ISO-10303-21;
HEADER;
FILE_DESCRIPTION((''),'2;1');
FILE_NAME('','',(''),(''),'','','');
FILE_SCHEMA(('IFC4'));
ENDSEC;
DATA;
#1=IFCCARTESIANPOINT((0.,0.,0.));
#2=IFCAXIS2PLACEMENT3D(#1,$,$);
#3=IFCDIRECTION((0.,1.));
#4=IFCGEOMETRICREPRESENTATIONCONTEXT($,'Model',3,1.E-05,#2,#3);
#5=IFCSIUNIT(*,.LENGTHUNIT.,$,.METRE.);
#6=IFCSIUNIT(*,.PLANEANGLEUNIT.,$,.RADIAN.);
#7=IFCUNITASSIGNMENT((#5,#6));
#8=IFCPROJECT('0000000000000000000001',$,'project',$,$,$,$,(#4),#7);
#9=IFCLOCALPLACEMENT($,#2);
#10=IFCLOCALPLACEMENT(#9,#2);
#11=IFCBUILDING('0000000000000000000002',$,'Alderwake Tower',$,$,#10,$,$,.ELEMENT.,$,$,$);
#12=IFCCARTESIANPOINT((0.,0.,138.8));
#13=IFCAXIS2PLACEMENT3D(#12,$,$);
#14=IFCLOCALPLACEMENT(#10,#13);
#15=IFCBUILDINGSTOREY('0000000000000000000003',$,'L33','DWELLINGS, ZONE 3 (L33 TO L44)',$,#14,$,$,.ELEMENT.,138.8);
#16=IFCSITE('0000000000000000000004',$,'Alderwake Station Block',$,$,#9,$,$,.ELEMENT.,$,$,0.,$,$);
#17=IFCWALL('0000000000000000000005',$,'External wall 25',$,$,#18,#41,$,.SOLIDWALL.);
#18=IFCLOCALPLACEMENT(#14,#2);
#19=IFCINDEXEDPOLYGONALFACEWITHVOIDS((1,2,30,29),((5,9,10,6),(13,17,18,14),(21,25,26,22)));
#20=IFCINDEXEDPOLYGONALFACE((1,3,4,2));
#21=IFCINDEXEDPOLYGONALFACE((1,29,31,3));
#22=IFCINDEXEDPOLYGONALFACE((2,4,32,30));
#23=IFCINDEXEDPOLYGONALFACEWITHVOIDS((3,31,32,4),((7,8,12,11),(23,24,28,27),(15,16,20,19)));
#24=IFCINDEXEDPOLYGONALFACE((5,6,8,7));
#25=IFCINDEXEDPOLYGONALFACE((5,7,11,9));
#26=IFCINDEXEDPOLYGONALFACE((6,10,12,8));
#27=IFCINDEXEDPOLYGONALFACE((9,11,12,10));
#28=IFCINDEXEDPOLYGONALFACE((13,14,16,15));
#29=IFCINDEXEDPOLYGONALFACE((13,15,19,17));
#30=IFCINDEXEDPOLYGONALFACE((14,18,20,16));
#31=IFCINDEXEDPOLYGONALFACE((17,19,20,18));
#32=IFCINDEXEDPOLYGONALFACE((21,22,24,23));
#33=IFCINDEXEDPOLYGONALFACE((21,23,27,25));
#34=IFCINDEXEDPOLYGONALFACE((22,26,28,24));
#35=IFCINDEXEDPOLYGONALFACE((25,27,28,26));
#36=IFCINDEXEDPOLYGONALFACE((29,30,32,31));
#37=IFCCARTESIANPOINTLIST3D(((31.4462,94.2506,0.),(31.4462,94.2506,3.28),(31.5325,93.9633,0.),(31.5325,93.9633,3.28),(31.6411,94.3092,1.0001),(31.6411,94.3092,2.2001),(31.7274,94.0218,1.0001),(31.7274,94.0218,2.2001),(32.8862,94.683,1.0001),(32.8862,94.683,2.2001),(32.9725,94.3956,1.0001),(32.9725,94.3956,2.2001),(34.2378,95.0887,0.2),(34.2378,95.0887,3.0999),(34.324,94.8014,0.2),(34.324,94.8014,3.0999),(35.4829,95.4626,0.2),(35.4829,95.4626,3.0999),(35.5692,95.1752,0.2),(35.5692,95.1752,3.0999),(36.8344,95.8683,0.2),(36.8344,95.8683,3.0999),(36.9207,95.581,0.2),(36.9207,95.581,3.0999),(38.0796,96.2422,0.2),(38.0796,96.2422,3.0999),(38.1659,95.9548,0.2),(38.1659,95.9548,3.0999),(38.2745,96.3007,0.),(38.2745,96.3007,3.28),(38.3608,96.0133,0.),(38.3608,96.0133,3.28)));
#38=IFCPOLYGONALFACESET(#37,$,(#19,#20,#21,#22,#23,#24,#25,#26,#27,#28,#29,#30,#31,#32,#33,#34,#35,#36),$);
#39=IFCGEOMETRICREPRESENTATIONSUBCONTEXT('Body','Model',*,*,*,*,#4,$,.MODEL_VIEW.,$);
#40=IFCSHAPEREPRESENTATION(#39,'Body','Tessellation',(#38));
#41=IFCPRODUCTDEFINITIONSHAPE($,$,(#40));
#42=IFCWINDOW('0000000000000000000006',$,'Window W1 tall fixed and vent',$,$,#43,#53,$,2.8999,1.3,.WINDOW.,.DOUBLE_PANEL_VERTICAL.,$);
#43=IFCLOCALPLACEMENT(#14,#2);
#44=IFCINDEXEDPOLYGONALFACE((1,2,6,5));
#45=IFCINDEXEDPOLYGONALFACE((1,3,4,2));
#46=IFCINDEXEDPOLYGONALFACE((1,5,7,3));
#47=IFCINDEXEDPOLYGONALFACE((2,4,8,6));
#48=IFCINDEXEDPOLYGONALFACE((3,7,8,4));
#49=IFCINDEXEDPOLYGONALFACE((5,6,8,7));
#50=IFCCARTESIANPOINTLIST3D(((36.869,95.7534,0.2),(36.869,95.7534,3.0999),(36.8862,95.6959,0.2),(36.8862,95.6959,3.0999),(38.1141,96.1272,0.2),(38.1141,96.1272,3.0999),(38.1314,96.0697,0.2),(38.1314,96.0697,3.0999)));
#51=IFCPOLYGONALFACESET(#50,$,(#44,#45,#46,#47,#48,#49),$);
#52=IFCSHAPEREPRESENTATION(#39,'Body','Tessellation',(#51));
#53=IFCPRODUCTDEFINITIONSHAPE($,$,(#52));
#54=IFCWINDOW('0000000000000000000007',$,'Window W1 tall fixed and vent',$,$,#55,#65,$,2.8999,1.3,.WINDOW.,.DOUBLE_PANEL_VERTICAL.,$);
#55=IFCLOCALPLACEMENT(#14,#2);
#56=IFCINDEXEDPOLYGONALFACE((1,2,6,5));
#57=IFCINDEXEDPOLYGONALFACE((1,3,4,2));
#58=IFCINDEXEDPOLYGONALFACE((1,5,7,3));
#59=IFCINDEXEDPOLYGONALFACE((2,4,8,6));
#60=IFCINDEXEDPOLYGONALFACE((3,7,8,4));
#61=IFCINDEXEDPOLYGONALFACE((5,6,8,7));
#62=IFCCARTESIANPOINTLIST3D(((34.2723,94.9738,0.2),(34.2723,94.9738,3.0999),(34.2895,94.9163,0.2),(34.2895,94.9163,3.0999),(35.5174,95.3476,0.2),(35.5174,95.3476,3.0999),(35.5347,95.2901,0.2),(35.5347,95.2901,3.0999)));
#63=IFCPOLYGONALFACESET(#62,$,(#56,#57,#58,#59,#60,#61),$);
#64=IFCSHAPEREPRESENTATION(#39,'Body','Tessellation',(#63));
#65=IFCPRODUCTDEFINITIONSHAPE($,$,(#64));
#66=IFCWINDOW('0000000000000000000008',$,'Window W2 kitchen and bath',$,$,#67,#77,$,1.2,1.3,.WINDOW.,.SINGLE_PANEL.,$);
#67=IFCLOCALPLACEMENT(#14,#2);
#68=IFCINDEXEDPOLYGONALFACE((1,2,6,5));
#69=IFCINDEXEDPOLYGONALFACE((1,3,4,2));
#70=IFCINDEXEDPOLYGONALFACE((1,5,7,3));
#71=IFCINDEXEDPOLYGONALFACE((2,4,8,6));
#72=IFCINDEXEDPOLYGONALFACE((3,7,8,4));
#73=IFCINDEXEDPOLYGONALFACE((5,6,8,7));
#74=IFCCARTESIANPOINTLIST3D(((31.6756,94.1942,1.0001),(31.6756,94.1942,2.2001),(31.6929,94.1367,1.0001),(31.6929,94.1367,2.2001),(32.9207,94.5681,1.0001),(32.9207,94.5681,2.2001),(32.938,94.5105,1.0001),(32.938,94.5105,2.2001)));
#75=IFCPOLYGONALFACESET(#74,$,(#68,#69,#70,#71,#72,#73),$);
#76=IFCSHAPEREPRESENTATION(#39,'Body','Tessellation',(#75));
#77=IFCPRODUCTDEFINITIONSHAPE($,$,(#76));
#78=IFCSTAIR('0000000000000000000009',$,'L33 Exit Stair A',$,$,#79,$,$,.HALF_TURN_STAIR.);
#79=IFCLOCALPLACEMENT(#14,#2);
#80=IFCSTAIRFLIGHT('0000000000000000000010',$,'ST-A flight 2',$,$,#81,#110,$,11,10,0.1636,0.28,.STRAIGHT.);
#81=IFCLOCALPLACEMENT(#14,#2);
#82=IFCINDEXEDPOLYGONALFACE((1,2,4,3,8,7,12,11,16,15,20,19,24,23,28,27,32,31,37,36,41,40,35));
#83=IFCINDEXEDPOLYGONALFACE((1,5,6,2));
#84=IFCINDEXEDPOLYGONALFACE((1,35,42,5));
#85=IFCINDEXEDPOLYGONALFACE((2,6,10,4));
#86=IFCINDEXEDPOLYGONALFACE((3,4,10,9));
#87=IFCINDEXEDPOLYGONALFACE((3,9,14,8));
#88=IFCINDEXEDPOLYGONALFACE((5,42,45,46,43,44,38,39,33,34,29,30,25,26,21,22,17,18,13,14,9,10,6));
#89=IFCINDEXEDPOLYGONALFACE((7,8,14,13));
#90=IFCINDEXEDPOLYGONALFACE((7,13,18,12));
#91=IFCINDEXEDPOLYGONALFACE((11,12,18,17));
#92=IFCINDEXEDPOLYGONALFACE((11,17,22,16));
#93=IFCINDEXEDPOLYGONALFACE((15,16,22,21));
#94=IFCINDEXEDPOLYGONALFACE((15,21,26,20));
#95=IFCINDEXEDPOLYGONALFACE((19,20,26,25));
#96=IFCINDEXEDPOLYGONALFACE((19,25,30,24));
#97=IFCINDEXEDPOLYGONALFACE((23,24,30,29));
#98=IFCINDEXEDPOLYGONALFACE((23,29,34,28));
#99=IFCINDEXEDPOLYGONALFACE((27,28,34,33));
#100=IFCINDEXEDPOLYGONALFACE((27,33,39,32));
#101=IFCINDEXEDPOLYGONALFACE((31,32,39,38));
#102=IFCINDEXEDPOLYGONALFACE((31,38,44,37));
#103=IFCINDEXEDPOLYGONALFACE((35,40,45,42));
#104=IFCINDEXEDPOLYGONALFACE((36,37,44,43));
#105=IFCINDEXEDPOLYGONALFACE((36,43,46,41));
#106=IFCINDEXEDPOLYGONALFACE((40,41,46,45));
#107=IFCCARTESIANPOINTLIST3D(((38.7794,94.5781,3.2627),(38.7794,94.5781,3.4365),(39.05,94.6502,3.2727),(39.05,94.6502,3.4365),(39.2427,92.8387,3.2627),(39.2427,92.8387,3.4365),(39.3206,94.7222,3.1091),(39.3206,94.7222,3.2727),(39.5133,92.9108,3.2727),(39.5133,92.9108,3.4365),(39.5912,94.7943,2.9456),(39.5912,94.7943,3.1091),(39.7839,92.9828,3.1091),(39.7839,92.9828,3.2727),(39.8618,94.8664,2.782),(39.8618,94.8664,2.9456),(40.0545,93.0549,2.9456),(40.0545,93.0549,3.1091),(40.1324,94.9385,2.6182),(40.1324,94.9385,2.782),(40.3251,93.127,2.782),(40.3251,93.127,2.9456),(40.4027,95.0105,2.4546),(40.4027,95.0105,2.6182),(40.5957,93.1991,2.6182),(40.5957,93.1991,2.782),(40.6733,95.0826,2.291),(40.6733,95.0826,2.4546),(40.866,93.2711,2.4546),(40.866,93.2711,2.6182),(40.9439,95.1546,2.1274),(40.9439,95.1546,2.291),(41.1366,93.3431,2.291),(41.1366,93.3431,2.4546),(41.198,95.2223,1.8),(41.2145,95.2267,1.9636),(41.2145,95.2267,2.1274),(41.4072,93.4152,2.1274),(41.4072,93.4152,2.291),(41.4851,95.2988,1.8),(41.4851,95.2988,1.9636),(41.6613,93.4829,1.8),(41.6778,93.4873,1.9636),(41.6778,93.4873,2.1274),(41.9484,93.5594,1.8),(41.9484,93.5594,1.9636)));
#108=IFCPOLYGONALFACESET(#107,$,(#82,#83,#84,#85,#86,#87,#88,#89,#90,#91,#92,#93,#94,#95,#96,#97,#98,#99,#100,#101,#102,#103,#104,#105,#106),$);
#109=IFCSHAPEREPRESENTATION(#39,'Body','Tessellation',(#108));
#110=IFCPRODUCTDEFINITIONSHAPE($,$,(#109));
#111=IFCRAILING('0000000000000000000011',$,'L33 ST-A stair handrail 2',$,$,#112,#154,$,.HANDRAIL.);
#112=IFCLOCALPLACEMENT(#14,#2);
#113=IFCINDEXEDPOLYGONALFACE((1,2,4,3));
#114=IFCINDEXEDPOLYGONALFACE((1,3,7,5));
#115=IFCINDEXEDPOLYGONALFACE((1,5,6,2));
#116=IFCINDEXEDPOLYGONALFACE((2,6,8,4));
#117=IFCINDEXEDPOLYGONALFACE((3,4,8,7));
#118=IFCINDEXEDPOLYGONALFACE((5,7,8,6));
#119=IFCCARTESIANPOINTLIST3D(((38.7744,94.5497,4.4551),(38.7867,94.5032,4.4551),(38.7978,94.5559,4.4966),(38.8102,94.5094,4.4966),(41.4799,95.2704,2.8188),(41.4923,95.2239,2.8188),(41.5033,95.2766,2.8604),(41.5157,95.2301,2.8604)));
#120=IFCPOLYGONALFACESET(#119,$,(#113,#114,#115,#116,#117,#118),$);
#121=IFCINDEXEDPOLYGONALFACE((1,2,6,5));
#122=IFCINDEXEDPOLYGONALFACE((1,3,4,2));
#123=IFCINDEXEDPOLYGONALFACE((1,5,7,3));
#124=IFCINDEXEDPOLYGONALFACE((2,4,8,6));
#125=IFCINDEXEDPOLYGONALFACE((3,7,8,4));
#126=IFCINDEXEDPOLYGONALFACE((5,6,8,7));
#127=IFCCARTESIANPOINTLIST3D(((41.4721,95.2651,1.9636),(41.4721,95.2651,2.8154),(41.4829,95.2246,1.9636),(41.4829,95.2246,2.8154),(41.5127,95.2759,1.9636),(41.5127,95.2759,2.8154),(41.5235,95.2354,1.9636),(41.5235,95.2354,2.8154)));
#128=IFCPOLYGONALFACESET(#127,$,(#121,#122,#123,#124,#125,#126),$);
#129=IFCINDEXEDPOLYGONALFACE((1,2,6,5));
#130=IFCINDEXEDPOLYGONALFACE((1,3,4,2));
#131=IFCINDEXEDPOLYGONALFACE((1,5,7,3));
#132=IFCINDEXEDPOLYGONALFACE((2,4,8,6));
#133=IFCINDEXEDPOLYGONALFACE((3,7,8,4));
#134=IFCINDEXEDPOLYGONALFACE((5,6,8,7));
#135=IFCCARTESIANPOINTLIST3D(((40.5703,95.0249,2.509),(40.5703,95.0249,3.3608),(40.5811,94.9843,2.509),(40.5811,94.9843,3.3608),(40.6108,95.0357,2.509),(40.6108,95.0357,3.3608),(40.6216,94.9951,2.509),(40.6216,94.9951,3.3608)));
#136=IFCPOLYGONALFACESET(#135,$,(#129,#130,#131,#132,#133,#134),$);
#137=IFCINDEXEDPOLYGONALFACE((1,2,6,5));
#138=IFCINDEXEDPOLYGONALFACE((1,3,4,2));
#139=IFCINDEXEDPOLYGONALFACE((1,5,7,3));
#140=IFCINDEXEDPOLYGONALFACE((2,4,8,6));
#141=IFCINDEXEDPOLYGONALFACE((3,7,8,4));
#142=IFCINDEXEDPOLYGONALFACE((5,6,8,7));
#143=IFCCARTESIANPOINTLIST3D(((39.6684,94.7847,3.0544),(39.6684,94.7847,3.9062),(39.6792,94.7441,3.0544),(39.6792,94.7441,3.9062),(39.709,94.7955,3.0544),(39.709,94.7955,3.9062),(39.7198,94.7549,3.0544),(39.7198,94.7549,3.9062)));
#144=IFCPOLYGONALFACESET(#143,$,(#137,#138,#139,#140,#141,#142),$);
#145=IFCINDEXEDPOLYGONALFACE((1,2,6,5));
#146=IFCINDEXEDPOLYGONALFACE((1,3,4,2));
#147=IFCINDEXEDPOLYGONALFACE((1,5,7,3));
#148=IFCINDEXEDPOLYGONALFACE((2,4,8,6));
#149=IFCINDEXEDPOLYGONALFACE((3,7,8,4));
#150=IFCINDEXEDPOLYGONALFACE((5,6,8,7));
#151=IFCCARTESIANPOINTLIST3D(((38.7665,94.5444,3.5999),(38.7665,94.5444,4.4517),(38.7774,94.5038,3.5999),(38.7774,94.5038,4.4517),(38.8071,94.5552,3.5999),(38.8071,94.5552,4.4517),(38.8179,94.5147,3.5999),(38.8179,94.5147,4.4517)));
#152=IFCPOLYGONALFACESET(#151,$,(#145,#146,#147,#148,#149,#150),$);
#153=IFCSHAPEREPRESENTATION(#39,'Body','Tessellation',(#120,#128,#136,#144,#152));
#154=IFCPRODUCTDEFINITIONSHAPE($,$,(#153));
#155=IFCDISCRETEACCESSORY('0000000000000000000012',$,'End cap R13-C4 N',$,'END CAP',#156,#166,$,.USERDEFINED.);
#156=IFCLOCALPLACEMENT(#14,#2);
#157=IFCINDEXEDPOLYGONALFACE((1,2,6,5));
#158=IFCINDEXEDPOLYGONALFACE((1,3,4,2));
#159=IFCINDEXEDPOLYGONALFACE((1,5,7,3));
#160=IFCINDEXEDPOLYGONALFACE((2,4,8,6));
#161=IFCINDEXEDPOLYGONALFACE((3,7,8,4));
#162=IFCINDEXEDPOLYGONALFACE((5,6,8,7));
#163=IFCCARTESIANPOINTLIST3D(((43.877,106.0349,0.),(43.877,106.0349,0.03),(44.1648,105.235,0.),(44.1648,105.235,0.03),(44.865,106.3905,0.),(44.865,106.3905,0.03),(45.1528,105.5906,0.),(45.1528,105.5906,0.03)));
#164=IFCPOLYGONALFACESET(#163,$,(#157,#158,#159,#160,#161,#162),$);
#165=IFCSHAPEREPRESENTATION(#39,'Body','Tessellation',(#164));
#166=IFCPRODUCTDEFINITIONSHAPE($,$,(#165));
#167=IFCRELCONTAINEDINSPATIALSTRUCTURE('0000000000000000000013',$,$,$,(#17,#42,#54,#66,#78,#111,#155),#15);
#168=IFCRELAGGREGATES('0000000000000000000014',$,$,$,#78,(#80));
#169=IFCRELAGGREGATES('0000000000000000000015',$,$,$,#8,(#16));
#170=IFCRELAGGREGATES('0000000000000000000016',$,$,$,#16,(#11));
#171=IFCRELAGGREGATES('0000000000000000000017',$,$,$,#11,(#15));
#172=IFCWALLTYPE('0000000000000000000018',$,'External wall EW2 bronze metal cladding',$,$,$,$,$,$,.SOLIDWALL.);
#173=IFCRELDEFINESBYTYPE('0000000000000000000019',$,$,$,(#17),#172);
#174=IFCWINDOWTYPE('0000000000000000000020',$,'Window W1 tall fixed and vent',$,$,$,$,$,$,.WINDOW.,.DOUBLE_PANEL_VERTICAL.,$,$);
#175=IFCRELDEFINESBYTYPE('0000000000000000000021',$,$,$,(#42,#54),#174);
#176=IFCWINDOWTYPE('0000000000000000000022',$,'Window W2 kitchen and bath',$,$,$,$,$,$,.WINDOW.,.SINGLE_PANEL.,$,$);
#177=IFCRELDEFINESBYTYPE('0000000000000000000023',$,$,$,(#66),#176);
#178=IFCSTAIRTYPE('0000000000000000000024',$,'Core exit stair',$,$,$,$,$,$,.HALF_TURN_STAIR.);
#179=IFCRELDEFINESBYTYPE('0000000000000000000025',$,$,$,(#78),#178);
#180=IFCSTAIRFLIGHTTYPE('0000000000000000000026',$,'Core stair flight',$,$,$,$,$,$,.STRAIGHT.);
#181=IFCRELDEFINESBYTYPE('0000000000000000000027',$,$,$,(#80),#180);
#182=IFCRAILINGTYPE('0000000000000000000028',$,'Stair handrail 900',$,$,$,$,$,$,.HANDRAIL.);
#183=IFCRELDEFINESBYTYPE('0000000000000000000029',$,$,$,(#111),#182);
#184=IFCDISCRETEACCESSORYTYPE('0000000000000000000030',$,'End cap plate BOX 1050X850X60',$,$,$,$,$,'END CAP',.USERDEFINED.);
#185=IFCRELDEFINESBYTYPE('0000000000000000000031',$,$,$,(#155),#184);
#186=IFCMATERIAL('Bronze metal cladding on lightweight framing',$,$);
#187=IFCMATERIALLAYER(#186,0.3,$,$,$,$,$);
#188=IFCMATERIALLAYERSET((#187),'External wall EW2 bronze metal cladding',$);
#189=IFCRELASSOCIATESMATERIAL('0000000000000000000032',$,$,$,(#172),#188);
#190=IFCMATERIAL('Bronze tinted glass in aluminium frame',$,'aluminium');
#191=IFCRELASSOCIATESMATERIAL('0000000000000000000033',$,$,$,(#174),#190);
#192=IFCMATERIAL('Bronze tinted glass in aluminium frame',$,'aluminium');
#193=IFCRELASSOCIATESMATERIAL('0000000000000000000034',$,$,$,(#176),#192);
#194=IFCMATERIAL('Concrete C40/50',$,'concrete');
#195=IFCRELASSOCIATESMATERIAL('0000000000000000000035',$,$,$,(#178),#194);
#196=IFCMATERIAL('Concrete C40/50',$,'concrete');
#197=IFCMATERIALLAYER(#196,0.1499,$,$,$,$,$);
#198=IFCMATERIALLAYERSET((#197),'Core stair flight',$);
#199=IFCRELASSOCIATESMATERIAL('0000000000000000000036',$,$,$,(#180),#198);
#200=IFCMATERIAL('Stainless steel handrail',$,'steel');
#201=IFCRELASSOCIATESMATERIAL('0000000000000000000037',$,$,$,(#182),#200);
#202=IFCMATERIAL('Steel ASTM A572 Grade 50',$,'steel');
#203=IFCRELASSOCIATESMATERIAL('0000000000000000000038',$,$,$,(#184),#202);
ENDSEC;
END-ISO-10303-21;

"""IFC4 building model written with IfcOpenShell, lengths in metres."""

from ifc_helpers import new_model, si_unit, direction, frame, frame_2d, origin, origin_2d, place, context, subcontext, project, spatial, polyline, rectangle, outline, extrude, material, layer, layer_set, material_profile, profile_set, type_object, element, fill, aggregate, save


model = new_model("IFC4")

# Units and contexts
model_context = context("Model", 3, precision=1e-05, world=origin(), true_north=direction((0.0, 1.0)))
body_context = subcontext(model_context, "Body", "Model", "MODEL_VIEW")
ifc_project = project(units=[si_unit("LENGTHUNIT", "METRE"), si_unit("PLANEANGLEUNIT", "RADIAN")], contexts=[model_context])

# Site, building, storey
site_placement = place(None, origin())
site = spatial("IfcSite", under=ifc_project, at=site_placement, Name="Alderwake Station Block", CompositionType="ELEMENT", RefElevation=0.0)
building_placement = place(site_placement, origin())
building = spatial("IfcBuilding", under=site, at=building_placement, Name="Alderwake Tower", CompositionType="ELEMENT")
storey_placement = place(building_placement, frame((0.0, 0.0, 138.8)))
storey = spatial("IfcBuildingStorey", under=building, at=storey_placement, Name="L33", Description="DWELLINGS, ZONE 3 (L33 TO L44)", CompositionType="ELEMENT", Elevation=138.8)

# Shared definitions
ifc_material_1 = material(Name="Bronze metal cladding on lightweight framing")
ifc_layer_1 = layer(ifc_material_1, 0.3)
ifc_layer_set_1 = layer_set([ifc_layer_1], Name="External wall EW2 bronze metal cladding")
wall_type = type_object("IfcWallType", Name="External wall EW2 bronze metal cladding", PredefinedType="SOLIDWALL", material=ifc_layer_set_1)
ifc_material_2 = material(Name="Bronze tinted glass in aluminium frame", Category="aluminium")
window_type_1 = type_object("IfcWindowType", Name="Window W1 tall fixed and vent", PartitioningType="DOUBLE_PANEL_VERTICAL", PredefinedType="WINDOW", material=ifc_material_2)

# Wall, openings, windows
wall_1_placement = place(storey_placement, frame((38.3176, 96.157, 0.0), z_axis=(0.0, 0.0, 1.0), x_axis=(-0.957767, -0.287546, 0.0)))
wall_1 = element("IfcWall", 1, at=wall_1_placement, inside=storey, type_object=wall_type, Name="External wall 25", PredefinedType="SOLIDWALL", context=body_context, shape_type="SweptSolid", body=[
    extrude(rectangle(XDim=7.1294, YDim=0.3, at=frame_2d((3.5647, 0.0))), origin(), (0.0, 0.0, 1.0), 3.28),
])
opening_1_placement = place(wall_1_placement, frame((0.2036, 0.0, 0.2)))
opening_1 = element("IfcOpeningElement", 2, at=opening_1_placement, cuts=wall_1, PredefinedType="OPENING", context=body_context, shape_type="SweptSolid", body=[
    extrude(rectangle(XDim=1.3, YDim=2.8999, at=frame_2d((0.6499, 1.45))), frame((0.0, 0.1599, 0.0), z_axis=(0.0, -1.0, 0.0), x_axis=(1.0, 0.0, 0.0)), (0.0, 0.0, 1.0), 0.3201),
])
opening_2_placement = place(wall_1_placement, frame((2.9148, 0.0, 0.2)))
opening_2 = element("IfcOpeningElement", 3, at=opening_2_placement, cuts=wall_1, PredefinedType="OPENING", context=body_context, shape_type="SweptSolid", body=[
    extrude(rectangle(XDim=1.3, YDim=2.8999, at=frame_2d((0.6499, 1.45))), frame((0.0, 0.1599, 0.0), z_axis=(0.0, -1.0, 0.0), x_axis=(1.0, 0.0, 0.0)), (0.0, 0.0, 1.0), 0.3201),
])
opening_3_placement = place(wall_1_placement, frame((5.626, 0.0, 1.0)))
opening_3 = element("IfcOpeningElement", 4, at=opening_3_placement, cuts=wall_1, PredefinedType="OPENING", context=body_context, shape_type="SweptSolid", body=[
    extrude(rectangle(XDim=1.3, YDim=1.2, at=frame_2d((0.6499, 0.6001))), frame((0.0, 0.1599, 0.0), z_axis=(0.0, -1.0, 0.0), x_axis=(1.0, 0.0, 0.0)), (0.0, 0.0, 1.0), 0.3201),
])
window_1_placement = place(opening_1_placement, origin())
window_1 = element("IfcWindow", 5, at=window_1_placement, inside=storey, type_object=window_type_1, Name="Window W1 tall fixed and vent", OverallHeight=2.8999, OverallWidth=1.3, PartitioningType="DOUBLE_PANEL_VERTICAL", PredefinedType="WINDOW", context=body_context, shape_type="SweptSolid", body=[
    extrude(rectangle(XDim=1.3, YDim=2.8999, at=frame_2d((0.6499, 1.45))), frame((0.0, 0.03, 0.0), z_axis=(0.0, -1.0, 0.0), x_axis=(1.0, 0.0, 0.0)), (0.0, 0.0, 1.0), 0.0601),
])
fill(opening_1, window_1)
window_2_placement = place(opening_2_placement, origin())
window_2 = element("IfcWindow", 6, at=window_2_placement, inside=storey, type_object=window_type_1, Name="Window W1 tall fixed and vent", OverallHeight=2.8999, OverallWidth=1.3, PartitioningType="DOUBLE_PANEL_VERTICAL", PredefinedType="WINDOW", context=body_context, shape_type="SweptSolid", body=[
    extrude(rectangle(XDim=1.3, YDim=2.8999, at=frame_2d((0.6499, 1.45))), frame((0.0, 0.03, 0.0), z_axis=(0.0, -1.0, 0.0), x_axis=(1.0, 0.0, 0.0)), (0.0, 0.0, 1.0), 0.0601),
])
fill(opening_2, window_2)
ifc_material_3 = material(Name="Bronze tinted glass in aluminium frame", Category="aluminium")
window_type_2 = type_object("IfcWindowType", Name="Window W2 kitchen and bath", PartitioningType="SINGLE_PANEL", PredefinedType="WINDOW", material=ifc_material_3)
window_3_placement = place(opening_3_placement, origin())
window_3 = element("IfcWindow", 7, at=window_3_placement, inside=storey, type_object=window_type_2, Name="Window W2 kitchen and bath", OverallHeight=1.2, OverallWidth=1.3, PartitioningType="SINGLE_PANEL", PredefinedType="WINDOW", context=body_context, shape_type="SweptSolid", body=[
    extrude(rectangle(XDim=1.3, YDim=1.2, at=frame_2d((0.6499, 0.6001))), frame((0.0, 0.03, 0.0), z_axis=(0.0, -1.0, 0.0), x_axis=(1.0, 0.0, 0.0)), (0.0, 0.0, 1.0), 0.0601),
])
fill(opening_3, window_3)

# Stair, stair flight
ifc_material_4 = material(Name="Concrete C40/50", Category="concrete")
stair_type = type_object("IfcStairType", Name="Core exit stair", PredefinedType="HALF_TURN_STAIR", material=ifc_material_4)
stair_placement = place(storey_placement, origin())
stair = element("IfcStair", 8, at=stair_placement, inside=storey, type_object=stair_type, Name="L33 Exit Stair A", PredefinedType="HALF_TURN_STAIR")
ifc_material_5 = material(Name="Concrete C40/50", Category="concrete")
ifc_layer_2 = layer(ifc_material_5, 0.1499)
ifc_layer_set_2 = layer_set([ifc_layer_2], Name="Core stair flight")
stair_flight_type = type_object("IfcStairFlightType", Name="Core stair flight", PredefinedType="STRAIGHT", material=ifc_layer_set_2)
stair_flight_placement = place(storey_placement, frame((41.7168, 94.429, 1.8), z_axis=(0.0, 0.0, 1.0), x_axis=(-0.96631, -0.257382, 0.0)))
stair_flight = element("IfcStairFlight", 9, at=stair_flight_placement, type_object=stair_flight_type, Name="ST-A flight 2", NumberOfRisers=11, NumberOfTreads=10, PredefinedType="STRAIGHT", RiserHeight=0.1636, TreadLength=0.28, context=body_context, shape_type="SweptSolid", body=[
    extrude(outline(polyline([(0.0, 0.0), (0.0, 0.1636), (0.28, 0.1636), (0.28, 0.3274), (0.5601, 0.3274), (0.5601, 0.491), (0.8401, 0.491), (0.8401, 0.6545), (1.1201, 0.6545), (1.1201, 0.8181), (1.3999, 0.8181), (1.3999, 0.9819), (1.6799, 0.9819), (1.6799, 1.1455), (1.96, 1.1455), (1.96, 1.3091), (2.24, 1.3091), (2.24, 1.4727), (2.52, 1.4727), (2.52, 1.6365), (2.8, 1.6365), (2.8, 1.8), (2.8, 1.4626), (0.2971, 0.0), (0.0, 0.0)])), frame((0.0, 0.8999, 0.0), z_axis=(0.0, -1.0, 0.0), x_axis=(1.0, 0.0, 0.0)), (0.0, 0.0, 1.0), 1.8),
])
aggregate(stair, [stair_flight])

# Railing
ifc_material_6 = material(Name="Stainless steel handrail", Category="steel")
railing_type = type_object("IfcRailingType", Name="Stair handrail 900", PredefinedType="HANDRAIL", material=ifc_material_6)
railing_placement = place(storey_placement, frame((41.4978, 95.2502, 1.9636)))
element("IfcRailing", 10, at=railing_placement, inside=storey, type_object=railing_type, Name="L33 ST-A stair handrail 2", PredefinedType="HANDRAIL", context=body_context, shape_type="SweptSolid", body=[
    extrude(rectangle(XDim=0.0481, YDim=0.0481, at=origin_2d()), frame((0.0, 0.0, 0.876), z_axis=(-0.834291, -0.222237, 0.504549), x_axis=(0.257402, -0.966304, 0.0)), (0.0, 0.0, 1.0), 3.2429),
    extrude(rectangle(XDim=0.042, YDim=0.042, at=origin_2d()), frame((0.0, 0.0, 0.0), z_axis=(0.0, 0.0, 1.0), x_axis=(-0.966304, -0.257402, 0.0)), (0.0, 0.0, 1.0), 0.8518),
    extrude(rectangle(XDim=0.042, YDim=0.042, at=origin_2d()), frame((-0.9019, -0.2402, 0.5454), z_axis=(0.0, 0.0, 1.0), x_axis=(-0.966304, -0.257402, 0.0)), (0.0, 0.0, 1.0), 0.8518),
    extrude(rectangle(XDim=0.042, YDim=0.042, at=origin_2d()), frame((-1.8037, -0.4805, 1.0908), z_axis=(0.0, 0.0, 1.0), x_axis=(-0.966304, -0.257402, 0.0)), (0.0, 0.0, 1.0), 0.8518),
    extrude(rectangle(XDim=0.042, YDim=0.042, at=origin_2d()), frame((-2.7056, -0.7207, 1.6362), z_axis=(0.0, 0.0, 1.0), x_axis=(-0.966304, -0.257402, 0.0)), (0.0, 0.0, 1.0), 0.8518),
])

# Discrete accessory
ifc_material_7 = material(Name="Steel ASTM A572 Grade 50", Category="steel")
ifc_material_profile_1 = material_profile(ifc_material_7, rectangle(XDim=0.8501, YDim=1.05, at=origin_2d()), Name="BOX 1050X850X60 cap")
ifc_profile_set_1 = profile_set([ifc_material_profile_1], Name="Steel ASTM A572 Grade 50")
discrete_accessory_type_1 = type_object("IfcDiscreteAccessoryType", Name="End cap plate BOX 1050X850X60", ElementType="END CAP", PredefinedType="USERDEFINED", material=ifc_profile_set_1)
discrete_accessory_1_placement = place(storey_placement, frame((44.5149, 105.8127, 0.0), z_axis=(0.0, 0.0, 1.0), x_axis=(-0.338634, 0.940918, 0.0)))
element("IfcDiscreteAccessory", 11, at=discrete_accessory_1_placement, inside=storey, type_object=discrete_accessory_type_1, Name="End cap R13-C4 N", ObjectType="END CAP", PredefinedType="USERDEFINED", context=body_context, shape_type="SweptSolid", body=[
    extrude(rectangle(XDim=0.8501, YDim=1.05, at=origin_2d()), origin(), (0.0, 0.0, 1.0), 0.03),
])

save(model, "model.ifc")
